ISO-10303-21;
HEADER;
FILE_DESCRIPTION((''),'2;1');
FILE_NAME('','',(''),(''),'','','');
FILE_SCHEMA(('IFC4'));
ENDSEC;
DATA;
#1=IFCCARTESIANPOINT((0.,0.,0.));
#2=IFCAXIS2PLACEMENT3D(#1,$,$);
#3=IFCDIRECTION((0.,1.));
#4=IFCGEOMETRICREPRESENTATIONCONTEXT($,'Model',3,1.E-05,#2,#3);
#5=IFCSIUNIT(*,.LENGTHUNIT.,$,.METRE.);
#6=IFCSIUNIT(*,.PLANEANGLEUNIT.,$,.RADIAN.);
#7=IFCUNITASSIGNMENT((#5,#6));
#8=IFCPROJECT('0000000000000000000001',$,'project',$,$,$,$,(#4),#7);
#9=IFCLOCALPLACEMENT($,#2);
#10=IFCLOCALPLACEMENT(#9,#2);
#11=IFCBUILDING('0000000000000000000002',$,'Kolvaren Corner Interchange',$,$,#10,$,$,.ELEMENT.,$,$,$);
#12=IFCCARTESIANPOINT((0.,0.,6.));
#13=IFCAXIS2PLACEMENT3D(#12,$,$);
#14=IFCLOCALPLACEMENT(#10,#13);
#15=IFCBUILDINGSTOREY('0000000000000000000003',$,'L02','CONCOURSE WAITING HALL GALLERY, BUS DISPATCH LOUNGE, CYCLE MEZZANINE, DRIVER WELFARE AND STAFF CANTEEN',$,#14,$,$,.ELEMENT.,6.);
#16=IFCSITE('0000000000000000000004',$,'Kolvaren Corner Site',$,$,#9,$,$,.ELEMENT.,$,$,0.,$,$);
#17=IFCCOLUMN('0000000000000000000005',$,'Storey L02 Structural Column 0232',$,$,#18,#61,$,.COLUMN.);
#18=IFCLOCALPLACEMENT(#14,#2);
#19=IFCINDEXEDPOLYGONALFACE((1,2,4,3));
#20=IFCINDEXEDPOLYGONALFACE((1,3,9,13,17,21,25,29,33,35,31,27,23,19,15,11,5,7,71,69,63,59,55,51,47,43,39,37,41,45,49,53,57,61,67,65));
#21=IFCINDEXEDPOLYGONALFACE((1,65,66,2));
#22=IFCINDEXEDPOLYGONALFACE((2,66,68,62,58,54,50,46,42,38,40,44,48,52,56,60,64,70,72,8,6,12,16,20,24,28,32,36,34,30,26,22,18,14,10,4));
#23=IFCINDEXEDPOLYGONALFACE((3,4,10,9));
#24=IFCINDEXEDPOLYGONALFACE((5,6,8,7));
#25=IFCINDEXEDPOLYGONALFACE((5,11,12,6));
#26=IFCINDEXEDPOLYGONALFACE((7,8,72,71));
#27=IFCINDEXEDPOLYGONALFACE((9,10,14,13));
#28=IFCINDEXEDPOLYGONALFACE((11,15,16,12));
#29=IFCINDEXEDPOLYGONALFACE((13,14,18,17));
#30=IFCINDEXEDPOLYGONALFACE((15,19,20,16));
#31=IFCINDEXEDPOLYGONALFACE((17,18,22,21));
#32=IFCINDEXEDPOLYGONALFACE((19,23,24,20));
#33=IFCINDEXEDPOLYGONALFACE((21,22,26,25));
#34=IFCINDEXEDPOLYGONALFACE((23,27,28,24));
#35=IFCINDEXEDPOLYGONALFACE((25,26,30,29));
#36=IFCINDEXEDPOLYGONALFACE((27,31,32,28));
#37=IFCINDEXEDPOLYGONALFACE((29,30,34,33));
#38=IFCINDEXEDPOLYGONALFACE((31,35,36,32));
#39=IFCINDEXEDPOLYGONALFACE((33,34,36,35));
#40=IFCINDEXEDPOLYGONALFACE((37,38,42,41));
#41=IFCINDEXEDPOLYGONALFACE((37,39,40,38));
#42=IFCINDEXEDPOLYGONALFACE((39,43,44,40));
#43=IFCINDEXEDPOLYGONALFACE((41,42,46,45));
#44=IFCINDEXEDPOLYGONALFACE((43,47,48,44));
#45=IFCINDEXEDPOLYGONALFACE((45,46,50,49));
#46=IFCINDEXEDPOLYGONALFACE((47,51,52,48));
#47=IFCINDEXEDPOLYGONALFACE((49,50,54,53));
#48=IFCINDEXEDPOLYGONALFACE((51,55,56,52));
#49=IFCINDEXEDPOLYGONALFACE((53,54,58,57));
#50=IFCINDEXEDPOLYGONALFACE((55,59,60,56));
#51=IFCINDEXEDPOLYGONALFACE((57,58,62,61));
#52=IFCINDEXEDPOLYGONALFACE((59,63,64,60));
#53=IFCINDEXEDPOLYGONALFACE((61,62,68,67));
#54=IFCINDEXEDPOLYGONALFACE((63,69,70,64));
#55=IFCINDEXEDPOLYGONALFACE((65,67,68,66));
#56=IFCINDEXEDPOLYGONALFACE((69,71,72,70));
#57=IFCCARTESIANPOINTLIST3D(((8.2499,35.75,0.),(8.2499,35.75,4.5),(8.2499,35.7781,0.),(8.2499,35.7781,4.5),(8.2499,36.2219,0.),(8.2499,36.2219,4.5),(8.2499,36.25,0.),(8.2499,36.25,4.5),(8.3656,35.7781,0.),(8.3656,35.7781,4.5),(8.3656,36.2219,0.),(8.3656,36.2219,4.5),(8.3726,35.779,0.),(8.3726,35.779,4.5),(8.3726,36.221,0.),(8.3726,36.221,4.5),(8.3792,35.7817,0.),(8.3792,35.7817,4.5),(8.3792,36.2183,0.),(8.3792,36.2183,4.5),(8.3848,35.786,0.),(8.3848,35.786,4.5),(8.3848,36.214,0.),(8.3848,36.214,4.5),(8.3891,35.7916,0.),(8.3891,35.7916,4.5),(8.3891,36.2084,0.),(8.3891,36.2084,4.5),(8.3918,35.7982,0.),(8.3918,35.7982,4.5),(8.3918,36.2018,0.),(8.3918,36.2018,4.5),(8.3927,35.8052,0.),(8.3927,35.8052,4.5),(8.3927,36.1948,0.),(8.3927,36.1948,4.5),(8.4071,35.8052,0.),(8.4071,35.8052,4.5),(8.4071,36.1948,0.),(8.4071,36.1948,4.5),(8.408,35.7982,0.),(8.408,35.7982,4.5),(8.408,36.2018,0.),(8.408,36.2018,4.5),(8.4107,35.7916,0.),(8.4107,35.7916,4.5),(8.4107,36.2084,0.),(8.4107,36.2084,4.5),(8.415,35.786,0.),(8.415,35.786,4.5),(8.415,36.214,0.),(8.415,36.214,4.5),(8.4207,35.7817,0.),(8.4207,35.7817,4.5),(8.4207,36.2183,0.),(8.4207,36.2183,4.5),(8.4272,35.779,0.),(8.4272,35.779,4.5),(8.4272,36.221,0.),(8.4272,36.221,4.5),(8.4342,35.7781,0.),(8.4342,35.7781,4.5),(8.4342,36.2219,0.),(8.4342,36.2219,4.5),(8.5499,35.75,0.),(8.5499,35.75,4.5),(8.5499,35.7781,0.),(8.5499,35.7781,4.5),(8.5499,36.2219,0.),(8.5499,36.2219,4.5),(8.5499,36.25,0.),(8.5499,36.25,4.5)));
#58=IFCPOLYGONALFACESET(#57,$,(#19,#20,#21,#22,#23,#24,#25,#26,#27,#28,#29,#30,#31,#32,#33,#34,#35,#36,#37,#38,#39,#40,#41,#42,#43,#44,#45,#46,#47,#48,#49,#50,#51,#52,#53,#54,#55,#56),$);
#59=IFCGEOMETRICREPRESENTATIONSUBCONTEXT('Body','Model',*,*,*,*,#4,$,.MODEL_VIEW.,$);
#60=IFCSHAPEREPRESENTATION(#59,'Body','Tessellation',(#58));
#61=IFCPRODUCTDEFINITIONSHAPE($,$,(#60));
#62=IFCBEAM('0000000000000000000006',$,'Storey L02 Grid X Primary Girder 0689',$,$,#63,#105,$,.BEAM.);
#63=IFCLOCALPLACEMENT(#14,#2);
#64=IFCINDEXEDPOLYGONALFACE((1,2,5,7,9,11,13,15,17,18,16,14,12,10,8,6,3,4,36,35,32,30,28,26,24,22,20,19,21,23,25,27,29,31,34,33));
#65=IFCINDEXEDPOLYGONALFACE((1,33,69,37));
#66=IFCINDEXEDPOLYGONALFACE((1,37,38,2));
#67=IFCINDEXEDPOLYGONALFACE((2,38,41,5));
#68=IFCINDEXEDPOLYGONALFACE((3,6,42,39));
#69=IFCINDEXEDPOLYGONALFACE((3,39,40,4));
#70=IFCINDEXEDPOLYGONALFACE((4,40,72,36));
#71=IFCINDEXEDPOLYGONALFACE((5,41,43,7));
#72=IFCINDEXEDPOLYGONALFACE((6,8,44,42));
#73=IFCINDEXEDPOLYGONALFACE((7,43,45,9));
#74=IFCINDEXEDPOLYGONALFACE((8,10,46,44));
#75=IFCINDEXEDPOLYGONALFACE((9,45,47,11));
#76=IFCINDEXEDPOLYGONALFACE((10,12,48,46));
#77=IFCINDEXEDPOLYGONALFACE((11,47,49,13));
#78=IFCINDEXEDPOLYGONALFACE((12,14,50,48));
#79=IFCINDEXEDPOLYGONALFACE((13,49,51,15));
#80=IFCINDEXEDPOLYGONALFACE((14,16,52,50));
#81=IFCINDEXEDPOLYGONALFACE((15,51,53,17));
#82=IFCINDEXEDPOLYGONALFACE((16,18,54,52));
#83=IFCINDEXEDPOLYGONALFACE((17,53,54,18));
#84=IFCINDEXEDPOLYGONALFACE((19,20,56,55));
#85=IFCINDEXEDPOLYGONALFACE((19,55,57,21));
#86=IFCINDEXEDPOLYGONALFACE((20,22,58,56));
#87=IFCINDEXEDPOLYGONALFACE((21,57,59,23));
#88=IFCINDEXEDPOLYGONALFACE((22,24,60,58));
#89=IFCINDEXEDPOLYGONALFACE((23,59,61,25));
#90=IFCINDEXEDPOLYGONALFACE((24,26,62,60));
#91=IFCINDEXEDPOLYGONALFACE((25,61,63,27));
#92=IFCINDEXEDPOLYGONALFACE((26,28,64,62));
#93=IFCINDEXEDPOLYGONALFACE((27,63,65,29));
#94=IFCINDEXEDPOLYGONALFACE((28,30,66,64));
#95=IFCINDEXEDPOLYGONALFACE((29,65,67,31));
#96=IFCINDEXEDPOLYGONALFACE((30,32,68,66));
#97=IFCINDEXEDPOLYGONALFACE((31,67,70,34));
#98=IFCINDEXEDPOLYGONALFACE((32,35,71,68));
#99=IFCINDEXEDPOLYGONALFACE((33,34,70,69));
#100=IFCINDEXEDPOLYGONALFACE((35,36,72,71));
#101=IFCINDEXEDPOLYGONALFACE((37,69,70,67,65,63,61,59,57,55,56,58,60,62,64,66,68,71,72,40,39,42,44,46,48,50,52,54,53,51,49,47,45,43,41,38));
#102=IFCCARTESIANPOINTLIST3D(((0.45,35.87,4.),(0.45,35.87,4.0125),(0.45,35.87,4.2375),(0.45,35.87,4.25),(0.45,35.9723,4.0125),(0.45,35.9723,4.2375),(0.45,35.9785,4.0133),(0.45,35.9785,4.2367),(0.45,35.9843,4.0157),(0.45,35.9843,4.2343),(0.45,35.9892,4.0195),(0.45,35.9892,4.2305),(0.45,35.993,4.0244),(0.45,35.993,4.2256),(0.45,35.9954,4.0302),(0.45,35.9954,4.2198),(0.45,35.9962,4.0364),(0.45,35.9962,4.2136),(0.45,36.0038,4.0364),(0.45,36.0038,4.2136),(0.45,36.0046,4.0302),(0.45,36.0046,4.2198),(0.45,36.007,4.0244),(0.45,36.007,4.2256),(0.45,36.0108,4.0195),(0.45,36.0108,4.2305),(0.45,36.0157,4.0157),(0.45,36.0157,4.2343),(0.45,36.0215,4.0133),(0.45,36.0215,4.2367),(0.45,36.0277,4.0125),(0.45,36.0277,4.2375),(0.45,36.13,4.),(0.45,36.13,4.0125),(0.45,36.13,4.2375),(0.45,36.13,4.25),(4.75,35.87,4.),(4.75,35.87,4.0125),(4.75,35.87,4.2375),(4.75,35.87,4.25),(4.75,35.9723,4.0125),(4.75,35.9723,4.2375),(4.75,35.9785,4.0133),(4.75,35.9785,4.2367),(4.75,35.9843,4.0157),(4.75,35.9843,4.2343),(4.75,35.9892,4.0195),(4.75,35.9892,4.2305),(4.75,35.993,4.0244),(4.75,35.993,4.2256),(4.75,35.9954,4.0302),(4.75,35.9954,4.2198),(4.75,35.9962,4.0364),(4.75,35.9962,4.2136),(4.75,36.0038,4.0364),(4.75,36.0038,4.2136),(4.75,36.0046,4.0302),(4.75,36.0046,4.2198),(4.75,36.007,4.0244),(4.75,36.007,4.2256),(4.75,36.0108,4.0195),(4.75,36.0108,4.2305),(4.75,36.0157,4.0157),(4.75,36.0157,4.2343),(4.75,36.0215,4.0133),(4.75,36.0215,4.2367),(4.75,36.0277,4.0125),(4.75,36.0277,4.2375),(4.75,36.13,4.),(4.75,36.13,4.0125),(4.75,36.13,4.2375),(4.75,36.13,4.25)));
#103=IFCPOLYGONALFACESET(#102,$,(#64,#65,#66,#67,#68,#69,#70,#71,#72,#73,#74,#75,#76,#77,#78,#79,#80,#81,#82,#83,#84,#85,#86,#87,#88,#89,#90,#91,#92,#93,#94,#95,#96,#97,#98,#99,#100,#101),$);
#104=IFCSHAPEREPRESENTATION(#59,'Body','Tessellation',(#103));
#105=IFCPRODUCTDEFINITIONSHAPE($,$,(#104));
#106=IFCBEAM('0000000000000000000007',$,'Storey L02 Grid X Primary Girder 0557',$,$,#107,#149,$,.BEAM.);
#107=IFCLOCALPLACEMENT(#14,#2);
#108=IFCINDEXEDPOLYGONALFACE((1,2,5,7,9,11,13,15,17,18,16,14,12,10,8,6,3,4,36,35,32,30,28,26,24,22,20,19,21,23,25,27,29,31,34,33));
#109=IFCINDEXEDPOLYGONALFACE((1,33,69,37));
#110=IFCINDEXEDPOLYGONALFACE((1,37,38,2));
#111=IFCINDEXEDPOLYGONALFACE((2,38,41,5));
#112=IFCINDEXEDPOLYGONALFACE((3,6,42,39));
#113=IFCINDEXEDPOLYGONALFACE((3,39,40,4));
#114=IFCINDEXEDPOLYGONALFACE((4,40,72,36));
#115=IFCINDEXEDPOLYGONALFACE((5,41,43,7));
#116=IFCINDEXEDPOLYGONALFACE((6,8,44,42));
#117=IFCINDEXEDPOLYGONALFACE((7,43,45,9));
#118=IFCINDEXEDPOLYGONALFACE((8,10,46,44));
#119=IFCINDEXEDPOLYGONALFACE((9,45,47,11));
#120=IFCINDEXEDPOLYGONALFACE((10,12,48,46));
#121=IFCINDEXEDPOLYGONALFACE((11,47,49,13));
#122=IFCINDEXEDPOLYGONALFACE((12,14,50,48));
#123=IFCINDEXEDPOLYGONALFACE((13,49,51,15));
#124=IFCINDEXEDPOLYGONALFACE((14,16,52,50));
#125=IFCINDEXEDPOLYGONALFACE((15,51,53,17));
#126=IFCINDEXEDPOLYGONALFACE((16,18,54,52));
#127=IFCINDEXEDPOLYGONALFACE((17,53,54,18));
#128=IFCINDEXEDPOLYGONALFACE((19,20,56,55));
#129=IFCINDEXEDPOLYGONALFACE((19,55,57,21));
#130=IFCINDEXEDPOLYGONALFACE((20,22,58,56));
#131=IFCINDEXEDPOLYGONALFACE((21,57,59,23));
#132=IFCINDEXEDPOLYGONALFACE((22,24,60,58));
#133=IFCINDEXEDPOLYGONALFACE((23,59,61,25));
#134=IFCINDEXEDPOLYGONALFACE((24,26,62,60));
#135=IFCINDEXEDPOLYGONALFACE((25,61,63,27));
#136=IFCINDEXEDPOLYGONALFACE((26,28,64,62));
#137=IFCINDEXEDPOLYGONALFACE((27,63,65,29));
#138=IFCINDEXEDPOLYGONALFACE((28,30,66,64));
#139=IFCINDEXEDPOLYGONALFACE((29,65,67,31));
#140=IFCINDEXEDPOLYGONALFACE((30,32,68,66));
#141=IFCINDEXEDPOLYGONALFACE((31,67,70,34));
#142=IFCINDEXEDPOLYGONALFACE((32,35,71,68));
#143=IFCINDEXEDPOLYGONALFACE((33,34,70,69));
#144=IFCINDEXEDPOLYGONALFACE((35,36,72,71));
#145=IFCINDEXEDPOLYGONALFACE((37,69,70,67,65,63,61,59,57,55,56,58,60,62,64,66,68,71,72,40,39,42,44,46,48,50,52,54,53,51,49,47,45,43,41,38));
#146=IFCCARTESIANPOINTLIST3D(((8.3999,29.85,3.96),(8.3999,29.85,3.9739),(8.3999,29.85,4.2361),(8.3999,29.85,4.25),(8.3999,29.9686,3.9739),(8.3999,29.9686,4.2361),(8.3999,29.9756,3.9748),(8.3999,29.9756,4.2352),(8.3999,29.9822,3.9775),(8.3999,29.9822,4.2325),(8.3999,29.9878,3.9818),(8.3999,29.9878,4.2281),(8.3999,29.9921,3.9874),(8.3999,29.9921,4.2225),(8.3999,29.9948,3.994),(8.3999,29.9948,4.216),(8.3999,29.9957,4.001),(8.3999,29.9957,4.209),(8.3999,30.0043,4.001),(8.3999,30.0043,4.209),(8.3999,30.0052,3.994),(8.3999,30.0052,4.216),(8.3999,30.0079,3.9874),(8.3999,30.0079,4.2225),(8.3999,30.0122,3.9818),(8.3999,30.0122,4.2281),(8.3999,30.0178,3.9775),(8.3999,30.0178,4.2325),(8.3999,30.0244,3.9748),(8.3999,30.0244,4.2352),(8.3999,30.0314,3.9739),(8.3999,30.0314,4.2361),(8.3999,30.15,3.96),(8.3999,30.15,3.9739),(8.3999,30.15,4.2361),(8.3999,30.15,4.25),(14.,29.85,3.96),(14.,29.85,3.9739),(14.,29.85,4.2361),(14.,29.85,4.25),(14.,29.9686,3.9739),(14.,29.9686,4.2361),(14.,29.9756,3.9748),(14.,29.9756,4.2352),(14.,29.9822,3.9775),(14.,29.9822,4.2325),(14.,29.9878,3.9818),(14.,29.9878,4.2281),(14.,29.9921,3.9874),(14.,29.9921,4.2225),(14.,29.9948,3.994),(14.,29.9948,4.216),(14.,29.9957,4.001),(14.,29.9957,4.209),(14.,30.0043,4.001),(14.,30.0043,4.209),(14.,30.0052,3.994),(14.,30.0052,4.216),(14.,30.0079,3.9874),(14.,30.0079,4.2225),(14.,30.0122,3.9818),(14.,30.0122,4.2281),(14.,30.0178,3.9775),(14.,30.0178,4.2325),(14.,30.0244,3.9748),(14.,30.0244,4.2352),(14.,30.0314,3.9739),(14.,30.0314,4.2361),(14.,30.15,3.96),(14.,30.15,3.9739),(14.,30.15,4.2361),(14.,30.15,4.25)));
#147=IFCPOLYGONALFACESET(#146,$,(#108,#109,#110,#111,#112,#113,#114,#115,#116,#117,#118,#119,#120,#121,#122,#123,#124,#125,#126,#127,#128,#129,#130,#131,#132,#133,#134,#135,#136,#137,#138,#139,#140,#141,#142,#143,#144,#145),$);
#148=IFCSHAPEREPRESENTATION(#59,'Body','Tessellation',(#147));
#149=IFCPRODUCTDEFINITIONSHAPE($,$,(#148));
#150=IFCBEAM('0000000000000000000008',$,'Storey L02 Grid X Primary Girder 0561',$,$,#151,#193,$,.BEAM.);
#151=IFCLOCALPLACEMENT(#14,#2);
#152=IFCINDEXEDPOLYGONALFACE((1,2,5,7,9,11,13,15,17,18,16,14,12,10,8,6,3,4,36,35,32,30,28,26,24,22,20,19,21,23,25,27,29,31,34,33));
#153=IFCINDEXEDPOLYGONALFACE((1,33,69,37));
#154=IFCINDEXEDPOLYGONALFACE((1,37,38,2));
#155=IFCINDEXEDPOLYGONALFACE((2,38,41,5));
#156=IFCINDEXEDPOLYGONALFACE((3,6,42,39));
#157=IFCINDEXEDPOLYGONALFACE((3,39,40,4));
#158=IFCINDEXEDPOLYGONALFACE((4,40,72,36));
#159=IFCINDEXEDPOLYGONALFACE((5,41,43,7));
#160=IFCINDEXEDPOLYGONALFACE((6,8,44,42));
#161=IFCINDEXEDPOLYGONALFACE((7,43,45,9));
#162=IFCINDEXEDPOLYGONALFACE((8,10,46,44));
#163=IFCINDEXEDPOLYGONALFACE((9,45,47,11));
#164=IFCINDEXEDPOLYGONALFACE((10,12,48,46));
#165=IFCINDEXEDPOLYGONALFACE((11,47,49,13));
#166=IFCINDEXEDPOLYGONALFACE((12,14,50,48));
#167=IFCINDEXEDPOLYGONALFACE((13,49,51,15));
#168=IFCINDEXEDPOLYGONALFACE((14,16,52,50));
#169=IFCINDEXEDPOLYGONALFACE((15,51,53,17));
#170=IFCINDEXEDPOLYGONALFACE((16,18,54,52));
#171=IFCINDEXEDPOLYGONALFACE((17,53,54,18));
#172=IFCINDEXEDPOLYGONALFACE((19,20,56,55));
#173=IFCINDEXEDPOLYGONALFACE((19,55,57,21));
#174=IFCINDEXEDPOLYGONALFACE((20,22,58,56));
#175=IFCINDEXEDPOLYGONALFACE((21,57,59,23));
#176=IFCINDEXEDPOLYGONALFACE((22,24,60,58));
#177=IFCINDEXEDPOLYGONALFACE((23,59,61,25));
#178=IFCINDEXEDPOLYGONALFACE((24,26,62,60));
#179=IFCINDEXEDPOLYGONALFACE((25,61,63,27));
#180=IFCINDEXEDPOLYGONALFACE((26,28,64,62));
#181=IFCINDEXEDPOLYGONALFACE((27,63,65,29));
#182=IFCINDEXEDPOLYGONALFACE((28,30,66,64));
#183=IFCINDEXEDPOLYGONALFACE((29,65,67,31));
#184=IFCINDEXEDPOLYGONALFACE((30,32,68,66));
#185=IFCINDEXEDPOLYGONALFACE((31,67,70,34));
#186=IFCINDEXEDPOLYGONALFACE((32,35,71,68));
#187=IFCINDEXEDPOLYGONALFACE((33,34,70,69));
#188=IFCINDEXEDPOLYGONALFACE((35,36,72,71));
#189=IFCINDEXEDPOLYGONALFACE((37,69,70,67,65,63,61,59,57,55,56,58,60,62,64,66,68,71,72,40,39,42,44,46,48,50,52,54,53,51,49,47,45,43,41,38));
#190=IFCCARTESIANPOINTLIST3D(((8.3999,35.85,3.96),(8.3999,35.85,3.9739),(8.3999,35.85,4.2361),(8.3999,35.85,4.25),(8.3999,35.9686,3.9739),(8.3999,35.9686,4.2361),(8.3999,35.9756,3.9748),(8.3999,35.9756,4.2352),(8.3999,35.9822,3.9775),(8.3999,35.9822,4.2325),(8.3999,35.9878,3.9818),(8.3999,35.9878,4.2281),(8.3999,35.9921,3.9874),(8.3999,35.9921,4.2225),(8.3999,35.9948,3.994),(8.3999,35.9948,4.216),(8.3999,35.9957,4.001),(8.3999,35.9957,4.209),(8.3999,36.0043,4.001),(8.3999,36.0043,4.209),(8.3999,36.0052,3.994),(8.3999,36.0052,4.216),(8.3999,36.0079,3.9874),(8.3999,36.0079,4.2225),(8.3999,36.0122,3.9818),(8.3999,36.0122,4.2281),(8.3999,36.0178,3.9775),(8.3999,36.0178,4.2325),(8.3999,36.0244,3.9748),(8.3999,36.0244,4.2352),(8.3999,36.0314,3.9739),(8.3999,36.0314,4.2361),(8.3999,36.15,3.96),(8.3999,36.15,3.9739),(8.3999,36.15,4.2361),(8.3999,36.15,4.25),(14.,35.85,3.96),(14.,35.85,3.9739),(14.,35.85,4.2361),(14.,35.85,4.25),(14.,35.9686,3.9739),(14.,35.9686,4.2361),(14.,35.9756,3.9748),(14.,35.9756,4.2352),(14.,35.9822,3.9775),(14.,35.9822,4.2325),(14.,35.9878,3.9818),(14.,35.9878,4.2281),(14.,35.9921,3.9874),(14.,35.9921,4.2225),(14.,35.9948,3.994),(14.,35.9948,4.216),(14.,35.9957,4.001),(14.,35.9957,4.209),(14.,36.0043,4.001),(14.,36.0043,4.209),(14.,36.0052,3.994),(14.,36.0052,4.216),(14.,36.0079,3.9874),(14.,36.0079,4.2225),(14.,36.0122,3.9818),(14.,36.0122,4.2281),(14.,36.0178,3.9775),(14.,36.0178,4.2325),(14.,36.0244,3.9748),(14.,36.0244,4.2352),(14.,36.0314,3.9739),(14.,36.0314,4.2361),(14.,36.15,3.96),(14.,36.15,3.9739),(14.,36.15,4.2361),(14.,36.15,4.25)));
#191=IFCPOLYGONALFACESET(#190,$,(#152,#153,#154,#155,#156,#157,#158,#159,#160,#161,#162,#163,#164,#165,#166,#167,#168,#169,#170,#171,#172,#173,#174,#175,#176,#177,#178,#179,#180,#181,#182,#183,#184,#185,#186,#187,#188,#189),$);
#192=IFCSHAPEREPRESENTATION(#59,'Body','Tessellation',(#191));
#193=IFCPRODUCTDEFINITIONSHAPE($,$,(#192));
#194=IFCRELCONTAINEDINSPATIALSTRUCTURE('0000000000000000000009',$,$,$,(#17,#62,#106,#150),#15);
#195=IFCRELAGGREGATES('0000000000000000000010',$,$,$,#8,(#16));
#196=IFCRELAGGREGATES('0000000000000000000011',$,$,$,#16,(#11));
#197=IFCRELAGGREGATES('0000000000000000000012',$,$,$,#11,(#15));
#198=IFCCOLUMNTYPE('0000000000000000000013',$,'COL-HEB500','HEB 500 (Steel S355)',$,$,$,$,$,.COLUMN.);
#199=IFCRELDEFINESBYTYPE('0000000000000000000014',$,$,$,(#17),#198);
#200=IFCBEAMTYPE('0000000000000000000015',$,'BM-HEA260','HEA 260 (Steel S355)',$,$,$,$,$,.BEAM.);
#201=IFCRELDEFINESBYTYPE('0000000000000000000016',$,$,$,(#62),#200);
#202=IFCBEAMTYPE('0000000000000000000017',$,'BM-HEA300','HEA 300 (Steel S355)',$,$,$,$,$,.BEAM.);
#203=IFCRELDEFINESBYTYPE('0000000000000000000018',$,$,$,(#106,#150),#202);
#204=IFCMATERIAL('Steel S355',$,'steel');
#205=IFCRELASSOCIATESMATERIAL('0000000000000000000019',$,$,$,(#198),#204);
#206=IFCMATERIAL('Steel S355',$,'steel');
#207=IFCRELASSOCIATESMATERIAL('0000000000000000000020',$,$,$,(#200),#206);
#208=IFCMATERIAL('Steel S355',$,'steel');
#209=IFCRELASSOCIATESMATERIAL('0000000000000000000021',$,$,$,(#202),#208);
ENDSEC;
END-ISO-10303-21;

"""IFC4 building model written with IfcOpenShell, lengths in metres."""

from ifc_helpers import new_model, si_unit, direction, frame, origin, origin_2d, place, context, subcontext, project, spatial, i_section, extrude, material, material_profile, profile_set, type_object, element, save


model = new_model("IFC4")

# Units and contexts
model_context = context("Model", 3, precision=1e-05, world=origin(), true_north=direction((0.0, 1.0)))
body_context = subcontext(model_context, "Body", "Model", "MODEL_VIEW")
ifc_project = project(units=[si_unit("LENGTHUNIT", "METRE"), si_unit("PLANEANGLEUNIT", "RADIAN")], contexts=[model_context])

# Site, building, storey
site_placement = place(None, origin())
site = spatial("IfcSite", under=ifc_project, at=site_placement, Name="Kolvaren Corner Site", CompositionType="ELEMENT", RefElevation=0.0)
building_placement = place(site_placement, origin())
building = spatial("IfcBuilding", under=site, at=building_placement, Name="Kolvaren Corner Interchange", CompositionType="ELEMENT")
storey_placement = place(building_placement, frame((0.0, 0.0, 6.0)))
storey = spatial("IfcBuildingStorey", under=building, at=storey_placement, Name="L02", Description="CONCOURSE WAITING HALL GALLERY, BUS DISPATCH LOUNGE, CYCLE MEZZANINE, DRIVER WELFARE AND STAFF CANTEEN", CompositionType="ELEMENT", Elevation=6.0)

# Column
ifc_material_1 = material(Name="Steel S355", Category="steel")
ifc_material_profile_1 = material_profile(ifc_material_1, i_section(OverallWidth=0.3, OverallDepth=0.5, WebThickness=0.0144, FlangeThickness=0.0281, FilletRadius=0.0271, at=origin_2d()), Name="HEB 500")
ifc_profile_set_1 = profile_set([ifc_material_profile_1], Name="Steel S355")
column_type = type_object("IfcColumnType", Name="COL-HEB500", Description="HEB 500 (Steel S355)", PredefinedType="COLUMN", material=ifc_profile_set_1)
for number, where, z_axis, x_axis, name in (
    (1, (8.3999, 36.0, 0.0), (0.0, 0.0, 1.0), (1.0, 0.0, 0.0), "Storey L02 Structural Column 0232"),
):
    element("IfcColumn", number, at=place(storey_placement, frame(where, z_axis=z_axis, x_axis=x_axis)), inside=storey, type_object=column_type, Name=name, PredefinedType="COLUMN", context=body_context, shape_type="SweptSolid", body=[
        extrude(i_section(OverallWidth=0.3, OverallDepth=0.5, WebThickness=0.0144, FlangeThickness=0.0281, FilletRadius=0.0271, at=origin_2d()), origin(), (0.0, 0.0, 1.0), 4.5),
    ])

# Beams
ifc_material_2 = material(Name="Steel S355", Category="steel")
ifc_material_profile_2 = material_profile(ifc_material_2, i_section(OverallWidth=0.26, OverallDepth=0.25, WebThickness=0.0076, FlangeThickness=0.0125, FilletRadius=0.0239, at=origin_2d()), Name="HEA 260")
ifc_profile_set_2 = profile_set([ifc_material_profile_2], Name="Steel S355")
beam_type_1 = type_object("IfcBeamType", Name="BM-HEA260", Description="HEA 260 (Steel S355)", PredefinedType="BEAM", material=ifc_profile_set_2)
beam_1_placement = place(storey_placement, frame((0.45, 36.0, 4.125), z_axis=(1.0, 0.0, 0.0), x_axis=(0.0, 1.0, 0.0)))
element("IfcBeam", 2, at=beam_1_placement, inside=storey, type_object=beam_type_1, Name="Storey L02 Grid X Primary Girder 0689", PredefinedType="BEAM", context=body_context, shape_type="SweptSolid", body=[
    extrude(i_section(OverallWidth=0.26, OverallDepth=0.25, WebThickness=0.0076, FlangeThickness=0.0125, FilletRadius=0.0239, at=origin_2d()), origin(), (0.0, 0.0, 1.0), 4.3),
])
ifc_material_3 = material(Name="Steel S355", Category="steel")
ifc_material_profile_3 = material_profile(ifc_material_3, i_section(OverallWidth=0.3, OverallDepth=0.29, WebThickness=0.0085, FlangeThickness=0.0139, FilletRadius=0.0271, at=origin_2d()), Name="HEA 300")
ifc_profile_set_3 = profile_set([ifc_material_profile_3], Name="Steel S355")
beam_type_2 = type_object("IfcBeamType", Name="BM-HEA300", Description="HEA 300 (Steel S355)", PredefinedType="BEAM", material=ifc_profile_set_3)
for number, where, z_axis, x_axis, name in (
    (3, (8.3999, 30.0, 4.105), (1.0, 0.0, 0.0), (0.0, 1.0, 0.0), "Storey L02 Grid X Primary Girder 0557"),
    (4, (8.3999, 36.0, 4.105), (1.0, 0.0, 0.0), (0.0, 1.0, 0.0), "Storey L02 Grid X Primary Girder 0561"),
):
    element("IfcBeam", number, at=place(storey_placement, frame(where, z_axis=z_axis, x_axis=x_axis)), inside=storey, type_object=beam_type_2, Name=name, PredefinedType="BEAM", context=body_context, shape_type="SweptSolid", body=[
        extrude(i_section(OverallWidth=0.3, OverallDepth=0.29, WebThickness=0.0085, FlangeThickness=0.0139, FilletRadius=0.0271, at=origin_2d()), origin(), (0.0, 0.0, 1.0), 5.6001),
    ])

save(model, "model.ifc")
